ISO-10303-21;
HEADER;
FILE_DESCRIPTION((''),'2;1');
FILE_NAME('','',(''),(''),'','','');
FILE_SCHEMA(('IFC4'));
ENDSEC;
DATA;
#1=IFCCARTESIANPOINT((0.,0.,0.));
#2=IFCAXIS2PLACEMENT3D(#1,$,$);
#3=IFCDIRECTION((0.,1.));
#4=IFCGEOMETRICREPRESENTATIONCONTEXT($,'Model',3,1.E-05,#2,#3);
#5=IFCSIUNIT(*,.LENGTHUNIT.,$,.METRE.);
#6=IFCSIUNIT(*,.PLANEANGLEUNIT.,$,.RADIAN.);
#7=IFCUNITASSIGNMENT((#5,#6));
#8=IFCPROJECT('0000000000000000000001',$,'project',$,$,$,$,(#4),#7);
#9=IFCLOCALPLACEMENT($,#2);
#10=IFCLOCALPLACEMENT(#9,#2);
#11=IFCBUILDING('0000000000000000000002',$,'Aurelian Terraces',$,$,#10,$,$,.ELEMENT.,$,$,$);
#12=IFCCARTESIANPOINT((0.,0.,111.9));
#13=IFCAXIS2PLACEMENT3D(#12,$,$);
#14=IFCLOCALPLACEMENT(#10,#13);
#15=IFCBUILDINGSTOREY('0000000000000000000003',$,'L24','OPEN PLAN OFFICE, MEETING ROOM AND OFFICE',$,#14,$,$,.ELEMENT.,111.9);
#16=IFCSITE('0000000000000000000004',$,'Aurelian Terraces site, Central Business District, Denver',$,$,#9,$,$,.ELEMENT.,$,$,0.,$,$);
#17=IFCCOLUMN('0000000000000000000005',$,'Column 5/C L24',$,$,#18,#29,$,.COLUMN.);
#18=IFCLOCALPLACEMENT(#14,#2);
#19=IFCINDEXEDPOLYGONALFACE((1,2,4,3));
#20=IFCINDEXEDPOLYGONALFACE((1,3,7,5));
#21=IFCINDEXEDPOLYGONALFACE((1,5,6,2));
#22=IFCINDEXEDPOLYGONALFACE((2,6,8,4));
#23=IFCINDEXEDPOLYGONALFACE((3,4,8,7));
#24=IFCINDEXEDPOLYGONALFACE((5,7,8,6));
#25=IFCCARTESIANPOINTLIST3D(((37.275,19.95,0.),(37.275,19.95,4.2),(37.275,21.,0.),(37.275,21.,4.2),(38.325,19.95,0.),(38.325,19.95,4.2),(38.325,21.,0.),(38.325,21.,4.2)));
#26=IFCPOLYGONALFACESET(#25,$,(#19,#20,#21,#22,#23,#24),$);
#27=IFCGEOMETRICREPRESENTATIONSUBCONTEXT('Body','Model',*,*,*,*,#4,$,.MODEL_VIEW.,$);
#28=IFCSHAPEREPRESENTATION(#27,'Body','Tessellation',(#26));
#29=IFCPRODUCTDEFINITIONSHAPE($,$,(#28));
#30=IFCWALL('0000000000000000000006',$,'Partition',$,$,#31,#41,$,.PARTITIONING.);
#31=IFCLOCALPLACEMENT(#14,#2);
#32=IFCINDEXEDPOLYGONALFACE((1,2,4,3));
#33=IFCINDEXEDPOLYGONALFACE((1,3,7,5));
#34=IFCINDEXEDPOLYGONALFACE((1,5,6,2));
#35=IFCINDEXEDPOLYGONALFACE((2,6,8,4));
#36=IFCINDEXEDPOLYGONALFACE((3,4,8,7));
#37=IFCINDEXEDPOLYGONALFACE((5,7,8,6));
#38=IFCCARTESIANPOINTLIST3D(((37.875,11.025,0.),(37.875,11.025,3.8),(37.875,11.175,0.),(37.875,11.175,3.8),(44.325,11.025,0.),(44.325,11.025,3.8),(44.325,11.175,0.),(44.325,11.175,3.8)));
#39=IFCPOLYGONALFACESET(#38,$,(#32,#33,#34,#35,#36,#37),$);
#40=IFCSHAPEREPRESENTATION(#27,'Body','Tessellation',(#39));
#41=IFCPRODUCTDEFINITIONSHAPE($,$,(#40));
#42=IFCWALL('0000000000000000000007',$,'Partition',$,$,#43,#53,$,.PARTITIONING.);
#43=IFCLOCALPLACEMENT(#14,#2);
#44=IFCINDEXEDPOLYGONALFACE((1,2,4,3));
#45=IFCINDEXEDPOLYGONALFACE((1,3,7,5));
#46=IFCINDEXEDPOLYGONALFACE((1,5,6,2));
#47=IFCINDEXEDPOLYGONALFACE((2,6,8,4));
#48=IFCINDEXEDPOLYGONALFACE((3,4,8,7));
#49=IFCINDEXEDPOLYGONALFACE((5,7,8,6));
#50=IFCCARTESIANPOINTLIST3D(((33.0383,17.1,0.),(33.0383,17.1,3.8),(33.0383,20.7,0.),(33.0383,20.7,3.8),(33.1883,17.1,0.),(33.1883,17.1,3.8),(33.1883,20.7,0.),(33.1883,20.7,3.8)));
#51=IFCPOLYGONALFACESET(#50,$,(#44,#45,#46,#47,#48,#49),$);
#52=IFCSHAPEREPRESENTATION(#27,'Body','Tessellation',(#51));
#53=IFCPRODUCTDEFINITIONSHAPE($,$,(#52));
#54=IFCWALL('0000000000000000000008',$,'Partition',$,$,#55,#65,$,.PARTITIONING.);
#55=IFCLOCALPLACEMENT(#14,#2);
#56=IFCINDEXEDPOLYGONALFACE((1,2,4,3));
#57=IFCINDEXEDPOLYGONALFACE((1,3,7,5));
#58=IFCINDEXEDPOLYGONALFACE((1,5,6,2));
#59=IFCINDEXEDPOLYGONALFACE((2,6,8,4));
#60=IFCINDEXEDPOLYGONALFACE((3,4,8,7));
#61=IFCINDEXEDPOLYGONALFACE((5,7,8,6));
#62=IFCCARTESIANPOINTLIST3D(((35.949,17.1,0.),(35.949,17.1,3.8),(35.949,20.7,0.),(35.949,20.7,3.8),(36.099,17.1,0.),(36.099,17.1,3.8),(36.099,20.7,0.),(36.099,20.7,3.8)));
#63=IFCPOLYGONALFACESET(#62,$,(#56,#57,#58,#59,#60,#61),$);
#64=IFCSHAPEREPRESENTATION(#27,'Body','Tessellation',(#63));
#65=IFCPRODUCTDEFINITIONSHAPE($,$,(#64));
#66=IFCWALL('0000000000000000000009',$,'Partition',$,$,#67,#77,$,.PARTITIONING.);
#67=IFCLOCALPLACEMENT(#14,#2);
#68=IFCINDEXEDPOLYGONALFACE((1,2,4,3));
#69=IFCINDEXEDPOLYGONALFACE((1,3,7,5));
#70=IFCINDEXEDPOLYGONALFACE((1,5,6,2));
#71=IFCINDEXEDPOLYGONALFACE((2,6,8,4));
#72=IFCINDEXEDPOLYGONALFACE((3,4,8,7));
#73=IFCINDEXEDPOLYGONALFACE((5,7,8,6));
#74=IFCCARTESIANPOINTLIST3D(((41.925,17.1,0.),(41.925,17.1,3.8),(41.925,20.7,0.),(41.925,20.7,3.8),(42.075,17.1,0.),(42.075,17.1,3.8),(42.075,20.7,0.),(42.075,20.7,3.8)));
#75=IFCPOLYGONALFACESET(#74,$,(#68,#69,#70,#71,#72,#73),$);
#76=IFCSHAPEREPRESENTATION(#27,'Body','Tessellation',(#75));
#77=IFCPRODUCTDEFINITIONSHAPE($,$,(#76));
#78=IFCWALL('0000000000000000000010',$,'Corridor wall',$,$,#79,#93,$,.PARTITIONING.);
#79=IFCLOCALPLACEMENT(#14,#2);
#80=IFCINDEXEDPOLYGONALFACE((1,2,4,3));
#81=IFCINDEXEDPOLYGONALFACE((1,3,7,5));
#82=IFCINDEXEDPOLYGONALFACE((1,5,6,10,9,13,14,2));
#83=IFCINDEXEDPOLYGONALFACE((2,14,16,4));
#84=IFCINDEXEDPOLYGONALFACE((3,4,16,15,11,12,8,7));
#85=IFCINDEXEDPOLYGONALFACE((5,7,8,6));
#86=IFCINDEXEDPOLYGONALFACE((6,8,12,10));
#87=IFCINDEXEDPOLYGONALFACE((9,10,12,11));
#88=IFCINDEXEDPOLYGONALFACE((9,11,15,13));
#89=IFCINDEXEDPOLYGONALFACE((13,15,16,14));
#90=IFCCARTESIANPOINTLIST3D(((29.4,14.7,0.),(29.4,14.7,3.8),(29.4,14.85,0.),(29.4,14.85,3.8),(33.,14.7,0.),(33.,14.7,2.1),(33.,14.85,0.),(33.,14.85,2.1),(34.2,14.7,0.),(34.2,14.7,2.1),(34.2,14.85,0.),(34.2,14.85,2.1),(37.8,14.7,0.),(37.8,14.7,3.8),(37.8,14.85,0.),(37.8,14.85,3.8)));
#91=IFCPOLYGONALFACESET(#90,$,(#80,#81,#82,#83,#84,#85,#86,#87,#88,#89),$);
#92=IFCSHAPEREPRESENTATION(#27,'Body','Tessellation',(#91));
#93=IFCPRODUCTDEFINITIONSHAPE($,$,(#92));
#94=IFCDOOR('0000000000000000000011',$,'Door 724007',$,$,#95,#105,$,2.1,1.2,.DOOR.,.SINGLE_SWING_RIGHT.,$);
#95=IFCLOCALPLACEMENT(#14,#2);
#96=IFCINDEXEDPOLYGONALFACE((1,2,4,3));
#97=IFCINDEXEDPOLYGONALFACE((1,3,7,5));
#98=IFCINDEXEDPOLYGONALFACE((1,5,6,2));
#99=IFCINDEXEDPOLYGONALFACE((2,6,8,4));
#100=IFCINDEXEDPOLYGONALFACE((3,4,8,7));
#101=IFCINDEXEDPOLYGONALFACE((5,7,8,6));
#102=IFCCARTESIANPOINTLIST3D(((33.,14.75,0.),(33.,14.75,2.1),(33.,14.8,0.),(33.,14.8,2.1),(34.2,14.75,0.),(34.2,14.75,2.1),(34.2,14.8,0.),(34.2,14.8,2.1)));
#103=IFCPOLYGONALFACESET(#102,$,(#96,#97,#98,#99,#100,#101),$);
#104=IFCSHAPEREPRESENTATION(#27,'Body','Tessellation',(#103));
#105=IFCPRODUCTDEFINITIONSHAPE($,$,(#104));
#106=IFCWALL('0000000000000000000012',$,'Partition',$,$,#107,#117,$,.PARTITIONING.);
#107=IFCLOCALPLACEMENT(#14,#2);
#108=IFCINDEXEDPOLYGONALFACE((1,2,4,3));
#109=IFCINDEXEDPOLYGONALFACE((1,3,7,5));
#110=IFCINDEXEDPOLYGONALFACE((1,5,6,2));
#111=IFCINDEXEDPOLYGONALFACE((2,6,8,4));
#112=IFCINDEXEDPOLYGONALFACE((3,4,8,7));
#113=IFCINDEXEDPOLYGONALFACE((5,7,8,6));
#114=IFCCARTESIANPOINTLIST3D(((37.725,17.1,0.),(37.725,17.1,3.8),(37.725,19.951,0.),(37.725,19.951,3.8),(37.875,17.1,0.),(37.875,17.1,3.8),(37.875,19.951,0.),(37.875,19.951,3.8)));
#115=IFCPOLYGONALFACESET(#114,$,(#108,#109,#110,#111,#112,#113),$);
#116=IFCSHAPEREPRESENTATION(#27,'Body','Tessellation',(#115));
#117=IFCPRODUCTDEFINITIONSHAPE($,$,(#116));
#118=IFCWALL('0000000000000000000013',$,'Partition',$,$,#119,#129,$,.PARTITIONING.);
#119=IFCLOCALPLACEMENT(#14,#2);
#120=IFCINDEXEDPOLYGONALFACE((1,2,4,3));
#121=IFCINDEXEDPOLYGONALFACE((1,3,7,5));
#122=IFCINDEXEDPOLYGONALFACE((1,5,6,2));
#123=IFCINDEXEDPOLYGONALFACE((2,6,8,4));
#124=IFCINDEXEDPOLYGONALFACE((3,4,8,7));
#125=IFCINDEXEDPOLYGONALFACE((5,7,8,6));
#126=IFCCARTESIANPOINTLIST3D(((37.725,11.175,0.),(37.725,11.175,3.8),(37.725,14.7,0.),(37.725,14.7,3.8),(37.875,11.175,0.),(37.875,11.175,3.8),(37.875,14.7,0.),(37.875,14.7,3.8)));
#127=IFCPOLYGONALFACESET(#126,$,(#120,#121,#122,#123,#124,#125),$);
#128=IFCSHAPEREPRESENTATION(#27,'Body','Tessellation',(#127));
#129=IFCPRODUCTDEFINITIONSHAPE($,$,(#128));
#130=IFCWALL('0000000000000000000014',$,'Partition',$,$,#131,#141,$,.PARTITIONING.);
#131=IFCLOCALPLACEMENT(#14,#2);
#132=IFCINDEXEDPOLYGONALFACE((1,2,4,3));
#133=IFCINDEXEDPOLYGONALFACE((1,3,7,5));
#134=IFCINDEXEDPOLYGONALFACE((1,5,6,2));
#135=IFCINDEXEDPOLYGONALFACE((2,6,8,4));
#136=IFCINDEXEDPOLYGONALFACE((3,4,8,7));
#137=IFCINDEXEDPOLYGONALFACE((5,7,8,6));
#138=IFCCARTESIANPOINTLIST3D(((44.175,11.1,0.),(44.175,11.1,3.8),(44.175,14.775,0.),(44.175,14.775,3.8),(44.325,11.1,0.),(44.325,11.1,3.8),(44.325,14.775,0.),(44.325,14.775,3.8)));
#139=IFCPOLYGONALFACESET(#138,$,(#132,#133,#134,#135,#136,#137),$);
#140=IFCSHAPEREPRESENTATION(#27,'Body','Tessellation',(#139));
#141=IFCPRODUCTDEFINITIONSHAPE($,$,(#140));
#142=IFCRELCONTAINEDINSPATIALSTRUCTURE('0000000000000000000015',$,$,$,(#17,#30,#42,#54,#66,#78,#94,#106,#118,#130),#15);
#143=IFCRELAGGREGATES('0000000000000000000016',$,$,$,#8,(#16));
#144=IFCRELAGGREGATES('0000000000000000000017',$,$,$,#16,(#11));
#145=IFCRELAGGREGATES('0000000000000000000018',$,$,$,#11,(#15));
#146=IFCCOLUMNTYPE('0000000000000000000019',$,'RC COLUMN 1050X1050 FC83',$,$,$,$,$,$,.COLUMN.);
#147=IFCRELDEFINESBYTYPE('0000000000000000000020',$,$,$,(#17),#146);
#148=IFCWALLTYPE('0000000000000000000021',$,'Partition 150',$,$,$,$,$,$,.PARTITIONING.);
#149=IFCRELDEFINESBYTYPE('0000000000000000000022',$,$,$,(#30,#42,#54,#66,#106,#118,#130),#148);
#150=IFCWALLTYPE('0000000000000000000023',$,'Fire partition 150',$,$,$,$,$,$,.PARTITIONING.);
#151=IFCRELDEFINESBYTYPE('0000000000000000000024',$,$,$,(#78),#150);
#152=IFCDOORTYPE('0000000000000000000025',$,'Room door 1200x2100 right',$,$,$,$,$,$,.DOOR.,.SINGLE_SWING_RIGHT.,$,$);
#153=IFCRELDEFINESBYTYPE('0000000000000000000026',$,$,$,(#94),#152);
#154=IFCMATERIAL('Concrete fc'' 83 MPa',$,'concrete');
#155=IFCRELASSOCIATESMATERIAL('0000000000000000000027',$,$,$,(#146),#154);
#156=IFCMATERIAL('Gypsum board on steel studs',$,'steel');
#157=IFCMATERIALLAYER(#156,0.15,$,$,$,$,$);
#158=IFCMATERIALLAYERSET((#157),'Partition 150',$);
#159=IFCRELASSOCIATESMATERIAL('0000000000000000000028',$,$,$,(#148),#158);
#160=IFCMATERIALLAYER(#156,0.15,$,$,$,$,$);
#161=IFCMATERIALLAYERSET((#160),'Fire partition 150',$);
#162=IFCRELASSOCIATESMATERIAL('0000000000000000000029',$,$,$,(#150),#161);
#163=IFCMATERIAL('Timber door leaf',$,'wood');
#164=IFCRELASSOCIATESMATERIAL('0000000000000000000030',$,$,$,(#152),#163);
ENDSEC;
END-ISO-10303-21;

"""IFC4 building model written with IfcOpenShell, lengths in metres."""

from ifc_helpers import new_model, si_unit, direction, frame, frame_2d, origin, origin_2d, place, context, subcontext, project, spatial, rectangle, extrude, source, transform, mapped, material, layer, layer_set, material_profile, profile_set, type_object, element, fill, save


model = new_model("IFC4")

# Units and contexts
model_context = context("Model", 3, precision=1e-05, world=origin(), true_north=direction((0.0, 1.0)))
body_context = subcontext(model_context, "Body", "Model", "MODEL_VIEW")
ifc_project = project(units=[si_unit("LENGTHUNIT", "METRE"), si_unit("PLANEANGLEUNIT", "RADIAN")], contexts=[model_context])

# Site, building, storey
site_placement = place(None, origin())
site = spatial("IfcSite", under=ifc_project, at=site_placement, Name="Aurelian Terraces site, Central Business District, Denver", CompositionType="ELEMENT", RefElevation=0.0)
building_placement = place(site_placement, origin())
building = spatial("IfcBuilding", under=site, at=building_placement, Name="Aurelian Terraces", CompositionType="ELEMENT")
storey_placement = place(building_placement, frame((0.0, 0.0, 111.9)))
storey = spatial("IfcBuildingStorey", under=building, at=storey_placement, Name="L24", Description="OPEN PLAN OFFICE, MEETING ROOM AND OFFICE", CompositionType="ELEMENT", Elevation=111.9)

# Column
ifc_material_1 = material(Name="Concrete fc' 83 MPa", Category="concrete")
ifc_material_profile = material_profile(ifc_material_1, rectangle(XDim=1.05, YDim=1.05, at=origin_2d()))
ifc_profile_set = profile_set([ifc_material_profile], Name="Concrete fc' 83 MPa")
column_type = type_object("IfcColumnType", Name="RC COLUMN 1050X1050 FC83", PredefinedType="COLUMN", material=ifc_profile_set)
shared_shape_1 = source(origin(), body_context, "Body", "SweptSolid", [
    extrude(rectangle(XDim=1.05, YDim=1.05, at=origin_2d()), origin(), (0.0, 0.0, 1.0), 4.2),
])
column_placement = place(storey_placement, frame((37.8, 20.475, 0.0), z_axis=(0.0, 0.0, 1.0), x_axis=(1.0, 0.0, 0.0)))
element("IfcColumn", 1, at=column_placement, inside=storey, type_object=column_type, Name="Column 5/C L24", PredefinedType="COLUMN", context=body_context, shape_type="MappedRepresentation", body=[
    mapped(shared_shape_1, transform((0.0, 0.0, 0.0), scale=1.0)),
])

# Walls
ifc_material_2 = material(Name="Gypsum board on steel studs", Category="steel")
ifc_layer_1 = layer(ifc_material_2, 0.15)
ifc_layer_set_1 = layer_set([ifc_layer_1], Name="Partition 150")
wall_type_1 = type_object("IfcWallType", Name="Partition 150", PredefinedType="PARTITIONING", material=ifc_layer_set_1)
shared_shape_2 = source(origin(), body_context, "Body", "SweptSolid", [
    extrude(rectangle(XDim=6.45, YDim=0.15, at=frame_2d((3.225, 0.0))), origin(), (0.0, 0.0, 1.0), 3.8),
])
wall_1_placement = place(storey_placement, frame((37.875, 11.1, 0.0), z_axis=(0.0, 0.0, 1.0), x_axis=(1.0, 0.0, 0.0)))
element("IfcWall", 2, at=wall_1_placement, inside=storey, type_object=wall_type_1, Name="Partition", PredefinedType="PARTITIONING", context=body_context, shape_type="MappedRepresentation", body=[
    mapped(shared_shape_2, transform((0.0, 0.0, 0.0), scale=1.0)),
])
shared_shape_3 = source(origin(), body_context, "Body", "SweptSolid", [
    extrude(rectangle(XDim=3.6, YDim=0.15, at=frame_2d((1.8, 0.0))), origin(), (0.0, 0.0, 1.0), 3.8),
])
for number, where, z_axis, x_axis, name in (
    (3, (33.1133, 20.7, 0.0), (0.0, 0.0, 1.0), (0.0, -1.0, 0.0), "Partition"),
    (4, (36.024, 20.7, 0.0), (0.0, 0.0, 1.0), (0.0, -1.0, 0.0), "Partition"),
    (5, (42.0, 17.1, 0.0), (0.0, 0.0, 1.0), (0.0, 1.0, 0.0), "Partition"),
):
    element("IfcWall", number, at=place(storey_placement, frame(where, z_axis=z_axis, x_axis=x_axis)), inside=storey, type_object=wall_type_1, Name=name, PredefinedType="PARTITIONING", context=body_context, shape_type="MappedRepresentation", body=[
        mapped(shared_shape_3, transform((0.0, 0.0, 0.0), scale=1.0)),
    ])

# Wall, opening, door
ifc_layer_2 = layer(ifc_material_2, 0.15)
ifc_layer_set_2 = layer_set([ifc_layer_2], Name="Fire partition 150")
wall_type_2 = type_object("IfcWallType", Name="Fire partition 150", PredefinedType="PARTITIONING", material=ifc_layer_set_2)
shared_shape_4 = source(origin(), body_context, "Body", "SweptSolid", [
    extrude(rectangle(XDim=8.4, YDim=0.15, at=frame_2d((4.2, 0.0))), origin(), (0.0, 0.0, 1.0), 3.8),
])
wall_2_placement = place(storey_placement, frame((37.8, 14.775, 0.0), z_axis=(0.0, 0.0, 1.0), x_axis=(-1.0, 0.0, 0.0)))
wall_2 = element("IfcWall", 6, at=wall_2_placement, inside=storey, type_object=wall_type_2, Name="Corridor wall", PredefinedType="PARTITIONING", context=body_context, shape_type="MappedRepresentation", body=[
    mapped(shared_shape_4, transform((0.0, 0.0, 0.0), scale=1.0)),
])
shared_shape_5 = source(origin(), body_context, "Body", "SweptSolid", [
    extrude(rectangle(XDim=1.2, YDim=2.1, at=frame_2d((0.6, 1.05))), frame((0.0, 0.085, 0.0), z_axis=(0.0, -1.0, 0.0), x_axis=(1.0, 0.0, 0.0)), (0.0, 0.0, 1.0), 0.17),
])
opening_placement = place(wall_2_placement, frame((3.6, 0.0, 0.0)))
opening = element("IfcOpeningElement", 7, at=opening_placement, cuts=wall_2, PredefinedType="OPENING", context=body_context, shape_type="MappedRepresentation", body=[
    mapped(shared_shape_5, transform((0.0, 0.0, 0.0), scale=1.0)),
])
ifc_material_3 = material(Name="Timber door leaf", Category="wood")
door_type = type_object("IfcDoorType", Name="Room door 1200x2100 right", OperationType="SINGLE_SWING_RIGHT", PredefinedType="DOOR", material=ifc_material_3)
shared_shape_6 = source(origin(), body_context, "Body", "SweptSolid", [
    extrude(rectangle(XDim=1.2, YDim=2.1, at=frame_2d((0.6, 1.05))), frame((0.0, 0.025, 0.0), z_axis=(0.0, -1.0, 0.0), x_axis=(1.0, 0.0, 0.0)), (0.0, 0.0, 1.0), 0.05),
])
door_placement = place(opening_placement, origin())
door = element("IfcDoor", 8, at=door_placement, inside=storey, type_object=door_type, Name="Door 724007", OperationType="SINGLE_SWING_RIGHT", OverallHeight=2.1, OverallWidth=1.2, PredefinedType="DOOR", context=body_context, shape_type="MappedRepresentation", body=[
    mapped(shared_shape_6, transform((0.0, 0.0, 0.0), scale=1.0)),
])
fill(opening, door)

# Walls
shared_shape_7 = source(origin(), body_context, "Body", "SweptSolid", [
    extrude(rectangle(XDim=2.851, YDim=0.15, at=frame_2d((1.4255, 0.0))), origin(), (0.0, 0.0, 1.0), 3.8),
])
wall_3_placement = place(storey_placement, frame((37.8, 17.1, 0.0), z_axis=(0.0, 0.0, 1.0), x_axis=(0.0, 1.0, 0.0)))
element("IfcWall", 9, at=wall_3_placement, inside=storey, type_object=wall_type_1, Name="Partition", PredefinedType="PARTITIONING", context=body_context, shape_type="MappedRepresentation", body=[
    mapped(shared_shape_7, transform((0.0, 0.0, 0.0), scale=1.0)),
])
shared_shape_8 = source(origin(), body_context, "Body", "SweptSolid", [
    extrude(rectangle(XDim=3.525, YDim=0.15, at=frame_2d((1.7625, 0.0))), origin(), (0.0, 0.0, 1.0), 3.8),
])
wall_4_placement = place(storey_placement, frame((37.8, 11.175, 0.0), z_axis=(0.0, 0.0, 1.0), x_axis=(0.0, 1.0, 0.0)))
element("IfcWall", 10, at=wall_4_placement, inside=storey, type_object=wall_type_1, Name="Partition", PredefinedType="PARTITIONING", context=body_context, shape_type="MappedRepresentation", body=[
    mapped(shared_shape_8, transform((0.0, 0.0, 0.0), scale=1.0)),
])
shared_shape_9 = source(origin(), body_context, "Body", "SweptSolid", [
    extrude(rectangle(XDim=3.675, YDim=0.15, at=frame_2d((1.8375, 0.0))), origin(), (0.0, 0.0, 1.0), 3.8),
])
wall_5_placement = place(storey_placement, frame((44.25, 11.1, 0.0), z_axis=(0.0, 0.0, 1.0), x_axis=(0.0, 1.0, 0.0)))
element("IfcWall", 11, at=wall_5_placement, inside=storey, type_object=wall_type_1, Name="Partition", PredefinedType="PARTITIONING", context=body_context, shape_type="MappedRepresentation", body=[
    mapped(shared_shape_9, transform((0.0, 0.0, 0.0), scale=1.0)),
])

save(model, "model.ifc")
